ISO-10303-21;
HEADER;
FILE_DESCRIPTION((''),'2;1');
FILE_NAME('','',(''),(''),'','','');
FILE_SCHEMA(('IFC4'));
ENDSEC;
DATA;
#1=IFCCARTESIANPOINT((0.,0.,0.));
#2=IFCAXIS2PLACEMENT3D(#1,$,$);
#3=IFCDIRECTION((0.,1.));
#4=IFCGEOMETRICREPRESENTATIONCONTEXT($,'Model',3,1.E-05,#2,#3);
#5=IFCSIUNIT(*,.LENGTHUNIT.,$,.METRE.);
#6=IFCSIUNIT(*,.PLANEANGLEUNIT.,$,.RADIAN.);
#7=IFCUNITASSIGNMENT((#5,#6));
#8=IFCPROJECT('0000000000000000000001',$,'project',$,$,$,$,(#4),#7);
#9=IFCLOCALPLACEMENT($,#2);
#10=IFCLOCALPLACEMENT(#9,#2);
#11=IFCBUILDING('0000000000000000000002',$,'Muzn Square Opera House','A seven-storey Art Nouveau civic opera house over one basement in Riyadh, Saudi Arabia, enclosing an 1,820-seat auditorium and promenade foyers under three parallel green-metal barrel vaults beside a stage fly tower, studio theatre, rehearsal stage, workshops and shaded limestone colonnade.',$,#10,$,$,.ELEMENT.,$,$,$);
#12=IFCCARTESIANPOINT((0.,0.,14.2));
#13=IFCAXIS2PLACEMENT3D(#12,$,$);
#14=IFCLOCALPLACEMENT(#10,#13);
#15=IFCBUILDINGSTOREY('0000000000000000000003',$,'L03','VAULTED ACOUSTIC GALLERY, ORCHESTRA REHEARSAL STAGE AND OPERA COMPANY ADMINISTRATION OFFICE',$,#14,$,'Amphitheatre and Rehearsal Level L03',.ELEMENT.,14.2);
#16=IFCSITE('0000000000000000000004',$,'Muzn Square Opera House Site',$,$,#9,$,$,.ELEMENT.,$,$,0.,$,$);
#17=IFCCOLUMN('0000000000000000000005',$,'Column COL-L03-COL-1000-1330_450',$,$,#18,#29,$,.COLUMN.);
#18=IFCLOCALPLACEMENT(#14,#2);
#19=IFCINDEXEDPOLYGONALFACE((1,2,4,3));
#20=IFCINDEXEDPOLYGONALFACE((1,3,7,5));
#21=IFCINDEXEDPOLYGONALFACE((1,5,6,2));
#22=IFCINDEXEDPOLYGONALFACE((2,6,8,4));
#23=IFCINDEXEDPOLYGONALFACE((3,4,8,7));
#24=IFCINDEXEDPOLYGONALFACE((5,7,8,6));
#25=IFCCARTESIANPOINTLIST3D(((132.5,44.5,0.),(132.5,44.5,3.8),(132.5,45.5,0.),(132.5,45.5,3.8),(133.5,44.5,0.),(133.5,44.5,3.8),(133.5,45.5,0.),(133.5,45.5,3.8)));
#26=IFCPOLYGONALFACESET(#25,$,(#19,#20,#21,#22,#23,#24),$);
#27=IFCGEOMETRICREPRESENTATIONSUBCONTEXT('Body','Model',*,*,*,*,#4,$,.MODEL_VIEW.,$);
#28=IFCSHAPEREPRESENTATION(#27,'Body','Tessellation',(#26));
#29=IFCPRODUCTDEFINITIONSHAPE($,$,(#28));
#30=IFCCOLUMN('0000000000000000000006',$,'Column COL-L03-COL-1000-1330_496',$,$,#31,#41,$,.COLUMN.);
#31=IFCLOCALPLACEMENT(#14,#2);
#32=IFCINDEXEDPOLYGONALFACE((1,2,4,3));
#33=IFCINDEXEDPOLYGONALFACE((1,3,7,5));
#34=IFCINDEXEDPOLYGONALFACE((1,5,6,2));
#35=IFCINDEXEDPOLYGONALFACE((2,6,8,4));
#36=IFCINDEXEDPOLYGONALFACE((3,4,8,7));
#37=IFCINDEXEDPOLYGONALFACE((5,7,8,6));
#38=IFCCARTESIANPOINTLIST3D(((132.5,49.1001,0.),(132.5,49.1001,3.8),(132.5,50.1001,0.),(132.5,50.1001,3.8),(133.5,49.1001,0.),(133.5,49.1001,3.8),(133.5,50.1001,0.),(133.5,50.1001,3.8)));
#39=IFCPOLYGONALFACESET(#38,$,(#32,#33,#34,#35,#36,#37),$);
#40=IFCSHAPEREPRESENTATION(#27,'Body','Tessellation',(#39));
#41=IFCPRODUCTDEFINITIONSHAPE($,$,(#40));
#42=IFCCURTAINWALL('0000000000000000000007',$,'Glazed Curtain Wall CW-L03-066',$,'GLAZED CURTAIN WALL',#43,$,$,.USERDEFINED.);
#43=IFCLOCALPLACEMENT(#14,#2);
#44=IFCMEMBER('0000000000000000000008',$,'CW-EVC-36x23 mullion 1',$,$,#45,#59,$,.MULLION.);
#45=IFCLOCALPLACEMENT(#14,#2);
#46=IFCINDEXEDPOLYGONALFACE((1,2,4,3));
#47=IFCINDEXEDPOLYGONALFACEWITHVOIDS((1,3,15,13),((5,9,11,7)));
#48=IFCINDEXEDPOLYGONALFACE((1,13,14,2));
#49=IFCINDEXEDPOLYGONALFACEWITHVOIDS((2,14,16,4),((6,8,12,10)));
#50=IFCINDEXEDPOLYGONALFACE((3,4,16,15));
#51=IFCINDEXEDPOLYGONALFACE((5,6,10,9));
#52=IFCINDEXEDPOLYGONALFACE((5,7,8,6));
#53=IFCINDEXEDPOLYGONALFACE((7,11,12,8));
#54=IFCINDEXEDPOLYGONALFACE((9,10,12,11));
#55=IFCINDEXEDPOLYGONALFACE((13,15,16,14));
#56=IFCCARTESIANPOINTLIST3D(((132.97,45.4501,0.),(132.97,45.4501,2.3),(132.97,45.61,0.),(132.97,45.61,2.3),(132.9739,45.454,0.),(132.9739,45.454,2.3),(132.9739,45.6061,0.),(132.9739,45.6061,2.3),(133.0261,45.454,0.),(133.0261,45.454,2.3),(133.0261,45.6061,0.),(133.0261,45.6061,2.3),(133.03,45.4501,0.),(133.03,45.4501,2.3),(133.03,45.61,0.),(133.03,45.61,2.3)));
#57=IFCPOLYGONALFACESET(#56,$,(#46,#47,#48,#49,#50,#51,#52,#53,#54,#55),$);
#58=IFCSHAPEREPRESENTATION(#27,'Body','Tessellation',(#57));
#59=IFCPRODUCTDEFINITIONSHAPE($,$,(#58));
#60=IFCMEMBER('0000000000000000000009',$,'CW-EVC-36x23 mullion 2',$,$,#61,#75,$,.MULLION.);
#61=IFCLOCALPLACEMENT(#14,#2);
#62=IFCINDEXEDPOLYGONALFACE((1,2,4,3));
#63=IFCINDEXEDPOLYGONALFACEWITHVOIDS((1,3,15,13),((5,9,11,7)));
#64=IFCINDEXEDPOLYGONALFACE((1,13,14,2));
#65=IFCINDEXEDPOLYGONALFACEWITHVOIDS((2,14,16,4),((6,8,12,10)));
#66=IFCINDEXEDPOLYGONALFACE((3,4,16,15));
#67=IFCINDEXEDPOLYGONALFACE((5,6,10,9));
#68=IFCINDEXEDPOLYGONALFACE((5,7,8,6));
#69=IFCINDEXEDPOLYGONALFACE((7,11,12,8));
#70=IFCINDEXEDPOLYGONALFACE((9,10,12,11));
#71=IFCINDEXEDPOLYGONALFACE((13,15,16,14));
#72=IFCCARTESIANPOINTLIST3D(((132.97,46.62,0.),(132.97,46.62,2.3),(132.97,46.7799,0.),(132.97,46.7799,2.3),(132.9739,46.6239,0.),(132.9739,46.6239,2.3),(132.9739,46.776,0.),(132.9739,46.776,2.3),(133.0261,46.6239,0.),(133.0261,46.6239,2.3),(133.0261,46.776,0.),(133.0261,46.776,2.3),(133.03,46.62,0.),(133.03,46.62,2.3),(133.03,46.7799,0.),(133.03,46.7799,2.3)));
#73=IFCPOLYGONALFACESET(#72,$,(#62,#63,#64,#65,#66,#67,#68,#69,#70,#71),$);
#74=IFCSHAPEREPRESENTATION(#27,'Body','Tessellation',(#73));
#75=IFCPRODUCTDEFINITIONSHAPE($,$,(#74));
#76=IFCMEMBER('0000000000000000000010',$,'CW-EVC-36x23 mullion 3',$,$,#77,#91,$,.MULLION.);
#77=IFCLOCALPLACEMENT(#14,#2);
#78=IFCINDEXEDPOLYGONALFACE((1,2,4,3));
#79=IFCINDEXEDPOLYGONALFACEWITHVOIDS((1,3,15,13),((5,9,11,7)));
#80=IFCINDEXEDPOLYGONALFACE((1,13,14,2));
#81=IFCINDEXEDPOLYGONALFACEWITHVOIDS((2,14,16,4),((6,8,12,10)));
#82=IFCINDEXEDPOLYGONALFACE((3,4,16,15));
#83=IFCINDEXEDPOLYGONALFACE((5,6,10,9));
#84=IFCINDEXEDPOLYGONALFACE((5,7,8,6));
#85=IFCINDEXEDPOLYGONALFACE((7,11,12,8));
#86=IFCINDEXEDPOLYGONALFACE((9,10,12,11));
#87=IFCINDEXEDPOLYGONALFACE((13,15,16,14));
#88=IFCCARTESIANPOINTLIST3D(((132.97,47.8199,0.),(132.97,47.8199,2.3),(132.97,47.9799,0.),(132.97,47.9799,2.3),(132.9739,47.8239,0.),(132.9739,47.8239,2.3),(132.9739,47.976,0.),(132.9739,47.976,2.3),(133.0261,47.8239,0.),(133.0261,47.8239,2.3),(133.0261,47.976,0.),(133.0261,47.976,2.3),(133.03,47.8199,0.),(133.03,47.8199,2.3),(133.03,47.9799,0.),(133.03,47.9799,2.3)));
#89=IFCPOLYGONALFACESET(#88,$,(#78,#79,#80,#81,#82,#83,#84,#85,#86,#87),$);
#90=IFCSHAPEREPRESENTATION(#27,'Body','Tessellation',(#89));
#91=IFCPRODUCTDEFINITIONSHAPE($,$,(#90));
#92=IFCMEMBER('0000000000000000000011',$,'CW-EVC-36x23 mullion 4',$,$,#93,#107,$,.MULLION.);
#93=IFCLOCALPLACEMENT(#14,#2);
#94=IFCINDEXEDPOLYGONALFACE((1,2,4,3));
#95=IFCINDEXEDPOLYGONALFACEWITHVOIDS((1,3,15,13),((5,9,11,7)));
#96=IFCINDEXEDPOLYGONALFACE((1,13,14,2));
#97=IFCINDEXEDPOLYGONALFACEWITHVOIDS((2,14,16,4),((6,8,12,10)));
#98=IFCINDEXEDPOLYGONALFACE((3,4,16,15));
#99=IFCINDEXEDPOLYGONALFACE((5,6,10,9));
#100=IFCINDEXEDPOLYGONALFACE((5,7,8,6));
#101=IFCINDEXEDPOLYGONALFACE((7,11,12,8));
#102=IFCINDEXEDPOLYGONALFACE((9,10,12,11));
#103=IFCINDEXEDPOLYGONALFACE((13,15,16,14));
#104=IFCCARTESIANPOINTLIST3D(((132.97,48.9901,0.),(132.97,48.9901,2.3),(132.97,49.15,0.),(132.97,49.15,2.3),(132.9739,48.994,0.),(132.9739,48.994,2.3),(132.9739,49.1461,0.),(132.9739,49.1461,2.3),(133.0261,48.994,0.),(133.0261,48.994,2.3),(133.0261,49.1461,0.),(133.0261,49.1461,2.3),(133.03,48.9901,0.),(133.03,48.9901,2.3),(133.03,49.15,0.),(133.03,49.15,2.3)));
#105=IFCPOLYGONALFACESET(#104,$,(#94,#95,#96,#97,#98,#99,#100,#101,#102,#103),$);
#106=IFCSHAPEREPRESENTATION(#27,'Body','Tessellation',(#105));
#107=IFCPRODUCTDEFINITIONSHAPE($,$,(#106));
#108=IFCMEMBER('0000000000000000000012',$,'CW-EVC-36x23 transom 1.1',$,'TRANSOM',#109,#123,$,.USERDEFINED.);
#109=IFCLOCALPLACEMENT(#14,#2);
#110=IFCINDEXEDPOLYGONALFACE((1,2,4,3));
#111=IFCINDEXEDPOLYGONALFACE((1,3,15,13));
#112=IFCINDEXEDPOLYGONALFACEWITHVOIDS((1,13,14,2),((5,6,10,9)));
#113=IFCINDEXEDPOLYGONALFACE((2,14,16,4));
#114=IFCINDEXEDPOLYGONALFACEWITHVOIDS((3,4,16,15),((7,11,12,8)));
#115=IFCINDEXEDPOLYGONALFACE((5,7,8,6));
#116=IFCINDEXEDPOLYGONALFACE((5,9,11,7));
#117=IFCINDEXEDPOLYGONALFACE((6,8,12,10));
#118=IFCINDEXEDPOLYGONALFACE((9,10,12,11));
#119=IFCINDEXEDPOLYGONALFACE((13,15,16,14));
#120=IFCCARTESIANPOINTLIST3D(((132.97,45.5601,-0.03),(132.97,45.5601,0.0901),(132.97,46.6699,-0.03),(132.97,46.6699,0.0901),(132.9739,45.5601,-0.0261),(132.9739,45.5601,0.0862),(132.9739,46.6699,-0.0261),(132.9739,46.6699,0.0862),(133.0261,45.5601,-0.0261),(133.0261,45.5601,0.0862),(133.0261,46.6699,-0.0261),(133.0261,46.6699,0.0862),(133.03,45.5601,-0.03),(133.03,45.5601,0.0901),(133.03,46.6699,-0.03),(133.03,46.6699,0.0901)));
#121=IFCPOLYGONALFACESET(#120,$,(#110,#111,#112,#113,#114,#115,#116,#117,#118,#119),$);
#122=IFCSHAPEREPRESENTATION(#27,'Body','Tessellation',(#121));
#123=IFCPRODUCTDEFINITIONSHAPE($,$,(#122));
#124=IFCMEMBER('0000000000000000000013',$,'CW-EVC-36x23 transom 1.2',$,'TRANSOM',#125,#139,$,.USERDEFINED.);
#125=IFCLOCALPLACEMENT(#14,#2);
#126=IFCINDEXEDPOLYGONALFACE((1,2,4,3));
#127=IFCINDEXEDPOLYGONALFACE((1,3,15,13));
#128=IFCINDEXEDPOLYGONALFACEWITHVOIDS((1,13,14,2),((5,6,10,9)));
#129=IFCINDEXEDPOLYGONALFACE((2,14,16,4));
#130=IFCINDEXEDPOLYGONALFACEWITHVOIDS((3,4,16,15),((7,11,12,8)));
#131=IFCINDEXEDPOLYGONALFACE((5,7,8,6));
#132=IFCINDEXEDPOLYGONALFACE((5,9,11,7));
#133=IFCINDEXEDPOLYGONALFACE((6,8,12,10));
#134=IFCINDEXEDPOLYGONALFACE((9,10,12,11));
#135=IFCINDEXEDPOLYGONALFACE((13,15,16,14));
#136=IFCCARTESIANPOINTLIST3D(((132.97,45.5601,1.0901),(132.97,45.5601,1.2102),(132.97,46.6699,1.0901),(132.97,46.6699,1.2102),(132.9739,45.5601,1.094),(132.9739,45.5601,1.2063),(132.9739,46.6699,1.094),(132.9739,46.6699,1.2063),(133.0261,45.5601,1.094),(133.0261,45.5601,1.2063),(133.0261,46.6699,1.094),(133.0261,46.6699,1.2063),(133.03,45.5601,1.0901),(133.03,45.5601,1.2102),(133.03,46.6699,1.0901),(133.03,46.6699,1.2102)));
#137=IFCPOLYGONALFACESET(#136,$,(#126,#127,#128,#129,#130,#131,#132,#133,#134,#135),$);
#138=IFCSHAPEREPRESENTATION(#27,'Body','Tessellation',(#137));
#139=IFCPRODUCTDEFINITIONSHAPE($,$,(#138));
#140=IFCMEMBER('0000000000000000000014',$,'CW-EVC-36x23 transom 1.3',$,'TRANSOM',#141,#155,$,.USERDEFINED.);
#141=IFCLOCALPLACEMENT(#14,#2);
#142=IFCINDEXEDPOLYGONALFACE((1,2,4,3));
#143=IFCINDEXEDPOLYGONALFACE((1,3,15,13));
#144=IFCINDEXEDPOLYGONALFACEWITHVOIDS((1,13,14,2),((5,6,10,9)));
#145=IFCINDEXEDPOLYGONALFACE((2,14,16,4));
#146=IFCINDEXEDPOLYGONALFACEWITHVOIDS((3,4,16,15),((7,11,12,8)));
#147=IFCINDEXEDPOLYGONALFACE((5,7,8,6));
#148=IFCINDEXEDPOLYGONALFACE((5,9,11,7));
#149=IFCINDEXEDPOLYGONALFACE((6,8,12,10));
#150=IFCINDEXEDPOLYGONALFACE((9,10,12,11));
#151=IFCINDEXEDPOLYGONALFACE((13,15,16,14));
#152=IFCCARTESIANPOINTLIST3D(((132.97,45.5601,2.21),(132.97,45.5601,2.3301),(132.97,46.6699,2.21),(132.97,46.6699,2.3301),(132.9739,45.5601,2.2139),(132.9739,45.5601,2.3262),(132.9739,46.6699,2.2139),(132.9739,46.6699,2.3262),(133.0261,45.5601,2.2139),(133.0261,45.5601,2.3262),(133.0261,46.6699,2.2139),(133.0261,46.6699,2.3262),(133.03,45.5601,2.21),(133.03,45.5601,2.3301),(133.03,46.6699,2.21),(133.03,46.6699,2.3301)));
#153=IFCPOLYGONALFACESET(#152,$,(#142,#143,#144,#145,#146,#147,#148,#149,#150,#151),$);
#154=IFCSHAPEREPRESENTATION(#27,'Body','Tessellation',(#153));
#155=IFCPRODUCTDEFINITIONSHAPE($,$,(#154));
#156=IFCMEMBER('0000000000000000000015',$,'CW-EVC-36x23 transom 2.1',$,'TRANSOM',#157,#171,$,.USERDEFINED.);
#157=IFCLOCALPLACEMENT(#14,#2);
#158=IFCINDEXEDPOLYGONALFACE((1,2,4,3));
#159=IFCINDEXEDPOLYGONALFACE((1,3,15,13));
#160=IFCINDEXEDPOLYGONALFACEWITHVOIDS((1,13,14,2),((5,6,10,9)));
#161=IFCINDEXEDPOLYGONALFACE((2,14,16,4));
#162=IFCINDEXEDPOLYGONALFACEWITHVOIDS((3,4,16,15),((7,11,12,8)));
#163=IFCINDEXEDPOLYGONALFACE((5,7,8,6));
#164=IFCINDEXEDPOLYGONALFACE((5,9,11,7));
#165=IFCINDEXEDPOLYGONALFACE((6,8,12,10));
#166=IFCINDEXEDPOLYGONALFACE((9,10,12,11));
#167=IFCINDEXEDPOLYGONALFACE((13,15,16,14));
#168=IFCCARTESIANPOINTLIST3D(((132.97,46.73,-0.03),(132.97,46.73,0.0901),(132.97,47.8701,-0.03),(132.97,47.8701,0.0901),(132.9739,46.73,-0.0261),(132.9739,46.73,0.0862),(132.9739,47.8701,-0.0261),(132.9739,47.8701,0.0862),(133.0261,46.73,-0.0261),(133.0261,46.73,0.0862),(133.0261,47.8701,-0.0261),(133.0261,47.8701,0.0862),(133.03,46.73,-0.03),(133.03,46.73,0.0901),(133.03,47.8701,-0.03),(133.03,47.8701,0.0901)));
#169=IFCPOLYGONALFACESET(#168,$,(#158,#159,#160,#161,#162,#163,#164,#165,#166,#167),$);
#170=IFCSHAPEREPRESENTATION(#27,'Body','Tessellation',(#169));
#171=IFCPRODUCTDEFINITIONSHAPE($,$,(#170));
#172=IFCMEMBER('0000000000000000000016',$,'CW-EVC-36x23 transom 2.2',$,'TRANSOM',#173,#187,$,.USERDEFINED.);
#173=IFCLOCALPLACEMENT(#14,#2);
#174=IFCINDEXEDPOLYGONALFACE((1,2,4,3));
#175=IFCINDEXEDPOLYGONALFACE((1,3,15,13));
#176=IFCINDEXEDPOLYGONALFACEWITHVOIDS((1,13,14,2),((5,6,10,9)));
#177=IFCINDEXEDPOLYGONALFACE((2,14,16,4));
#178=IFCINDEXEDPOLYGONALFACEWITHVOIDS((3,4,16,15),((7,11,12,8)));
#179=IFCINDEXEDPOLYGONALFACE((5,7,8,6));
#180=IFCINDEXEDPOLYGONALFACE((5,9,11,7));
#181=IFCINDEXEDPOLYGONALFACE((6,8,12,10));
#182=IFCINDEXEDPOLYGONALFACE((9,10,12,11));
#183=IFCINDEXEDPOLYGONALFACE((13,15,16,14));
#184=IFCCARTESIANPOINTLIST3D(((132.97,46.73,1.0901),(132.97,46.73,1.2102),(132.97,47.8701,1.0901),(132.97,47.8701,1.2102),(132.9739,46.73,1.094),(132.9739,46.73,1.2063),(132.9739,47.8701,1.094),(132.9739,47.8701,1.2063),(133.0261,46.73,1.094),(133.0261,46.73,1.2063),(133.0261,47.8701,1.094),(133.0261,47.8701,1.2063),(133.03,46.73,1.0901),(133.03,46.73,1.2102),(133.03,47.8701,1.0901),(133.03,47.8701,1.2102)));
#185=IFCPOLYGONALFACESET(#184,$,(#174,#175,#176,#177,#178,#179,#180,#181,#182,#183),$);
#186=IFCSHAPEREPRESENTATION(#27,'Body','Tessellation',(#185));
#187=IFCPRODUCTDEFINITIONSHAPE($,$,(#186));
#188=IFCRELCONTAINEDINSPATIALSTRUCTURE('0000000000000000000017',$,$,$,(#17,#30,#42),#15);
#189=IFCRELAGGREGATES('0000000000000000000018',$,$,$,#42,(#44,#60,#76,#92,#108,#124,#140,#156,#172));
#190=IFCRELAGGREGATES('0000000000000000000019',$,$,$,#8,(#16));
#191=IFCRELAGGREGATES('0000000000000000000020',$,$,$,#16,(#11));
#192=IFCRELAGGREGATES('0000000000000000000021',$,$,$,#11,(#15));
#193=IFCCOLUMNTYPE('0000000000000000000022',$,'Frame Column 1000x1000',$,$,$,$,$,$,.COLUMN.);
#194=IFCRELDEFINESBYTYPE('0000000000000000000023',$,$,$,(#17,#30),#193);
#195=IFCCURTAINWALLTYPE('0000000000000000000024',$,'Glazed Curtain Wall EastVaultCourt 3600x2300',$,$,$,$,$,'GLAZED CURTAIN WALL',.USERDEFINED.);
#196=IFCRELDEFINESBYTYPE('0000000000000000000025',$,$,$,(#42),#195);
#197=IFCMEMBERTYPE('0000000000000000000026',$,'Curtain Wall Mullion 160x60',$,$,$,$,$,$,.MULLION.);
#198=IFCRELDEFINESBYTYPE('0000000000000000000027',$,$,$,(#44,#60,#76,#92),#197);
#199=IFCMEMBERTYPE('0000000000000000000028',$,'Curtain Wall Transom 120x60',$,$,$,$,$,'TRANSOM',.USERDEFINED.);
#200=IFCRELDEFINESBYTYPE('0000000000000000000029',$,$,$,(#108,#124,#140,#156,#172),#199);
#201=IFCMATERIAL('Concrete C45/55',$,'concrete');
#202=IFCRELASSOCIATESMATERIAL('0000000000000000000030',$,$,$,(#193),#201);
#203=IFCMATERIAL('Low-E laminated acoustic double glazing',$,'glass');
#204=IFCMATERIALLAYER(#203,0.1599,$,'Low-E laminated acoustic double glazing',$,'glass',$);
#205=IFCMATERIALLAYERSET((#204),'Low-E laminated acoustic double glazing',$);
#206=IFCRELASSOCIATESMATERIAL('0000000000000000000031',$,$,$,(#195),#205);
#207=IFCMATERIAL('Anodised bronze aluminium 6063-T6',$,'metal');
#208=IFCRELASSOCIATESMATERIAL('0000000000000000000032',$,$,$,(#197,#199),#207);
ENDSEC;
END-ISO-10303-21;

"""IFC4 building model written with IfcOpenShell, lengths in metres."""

from ifc_helpers import new_model, si_unit, direction, frame, origin, origin_2d, place, context, subcontext, project, spatial, rectangle, hollow_rectangle, extrude, material, layer, layer_set, material_profile, profile_set, type_object, element, aggregate, save


model = new_model("IFC4")

# Units and contexts
model_context = context("Model", 3, precision=1e-05, world=origin(), true_north=direction((0.0, 1.0)))
body_context = subcontext(model_context, "Body", "Model", "MODEL_VIEW")
ifc_project = project(units=[si_unit("LENGTHUNIT", "METRE"), si_unit("PLANEANGLEUNIT", "RADIAN")], contexts=[model_context])

# Site, building, storey
site_placement = place(None, origin())
site = spatial("IfcSite", under=ifc_project, at=site_placement, Name="Muzn Square Opera House Site", CompositionType="ELEMENT", RefElevation=0.0)
building_placement = place(site_placement, origin())
building = spatial("IfcBuilding", under=site, at=building_placement, Name="Muzn Square Opera House", Description="A seven-storey Art Nouveau civic opera house over one basement in Riyadh, Saudi Arabia, enclosing an 1,820-seat auditorium and promenade foyers under three parallel green-metal barrel vaults beside a stage fly tower, studio theatre, rehearsal stage, workshops and shaded limestone colonnade.", CompositionType="ELEMENT")
storey_placement = place(building_placement, frame((0.0, 0.0, 14.2)))
storey = spatial("IfcBuildingStorey", under=building, at=storey_placement, Name="L03", Description="VAULTED ACOUSTIC GALLERY, ORCHESTRA REHEARSAL STAGE AND OPERA COMPANY ADMINISTRATION OFFICE", LongName="Amphitheatre and Rehearsal Level L03", CompositionType="ELEMENT", Elevation=14.2)

# Columns
ifc_material_1 = material(Name="Concrete C45/55", Category="concrete")
ifc_material_profile_1 = material_profile(ifc_material_1, rectangle(XDim=1.0, YDim=1.0, at=origin_2d()), Name="RC 1000x1000", Category="concrete")
ifc_profile_set_1 = profile_set([ifc_material_profile_1], Name="Concrete C45/55")
column_type = type_object("IfcColumnType", Name="Frame Column 1000x1000", PredefinedType="COLUMN", material=ifc_profile_set_1)
for number, where, z_axis, x_axis, name in (
    (1, (133.0, 45.0, 0.0), (0.0, 0.0, 1.0), (1.0, 0.0, 0.0), "Column COL-L03-COL-1000-1330_450"),
    (2, (133.0, 49.6001, 0.0), (0.0, 0.0, 1.0), (1.0, 0.0, 0.0), "Column COL-L03-COL-1000-1330_496"),
):
    element("IfcColumn", number, at=place(storey_placement, frame(where, z_axis=z_axis, x_axis=x_axis)), inside=storey, type_object=column_type, Name=name, PredefinedType="COLUMN", context=body_context, shape_type="SweptSolid", body=[
        extrude(rectangle(XDim=1.0, YDim=1.0, at=origin_2d()), origin(), (0.0, 0.0, 1.0), 3.8),
    ])

# Curtain wall, members
ifc_material_2 = material(Name="Low-E laminated acoustic double glazing", Category="glass")
ifc_layer_1 = layer(ifc_material_2, 0.1599, Name="Low-E laminated acoustic double glazing", Category="glass")
ifc_layer_set_1 = layer_set([ifc_layer_1], Name="Low-E laminated acoustic double glazing")
curtain_wall_type = type_object("IfcCurtainWallType", Name="Glazed Curtain Wall EastVaultCourt 3600x2300", ElementType="GLAZED CURTAIN WALL", PredefinedType="USERDEFINED", material=ifc_layer_set_1)
curtain_wall_placement = place(storey_placement, origin())
curtain_wall = element("IfcCurtainWall", 3, at=curtain_wall_placement, inside=storey, type_object=curtain_wall_type, Name="Glazed Curtain Wall CW-L03-066", ObjectType="GLAZED CURTAIN WALL", PredefinedType="USERDEFINED")
ifc_material_3 = material(Name="Anodised bronze aluminium 6063-T6", Category="metal")
ifc_material_profile_2 = material_profile(ifc_material_3, hollow_rectangle(XDim=0.0601, YDim=0.1599, WallThickness=0.0039, at=origin_2d()), Name="ALU 160x60x4", Category="metal")
ifc_profile_set_2 = profile_set([ifc_material_profile_2], Name="Anodised bronze aluminium 6063-T6")
member_type_1 = type_object("IfcMemberType", Name="Curtain Wall Mullion 160x60", PredefinedType="MULLION", material=ifc_profile_set_2)
member_1_placement = place(storey_placement, frame((133.0, 45.53, 0.0), z_axis=(0.0, 0.0, 1.0), x_axis=(-1.0, 0.0, 0.0)))
member_1 = element("IfcMember", 4, at=member_1_placement, type_object=member_type_1, Name="CW-EVC-36x23 mullion 1", PredefinedType="MULLION", context=body_context, shape_type="SweptSolid", body=[
    extrude(hollow_rectangle(XDim=0.0601, YDim=0.1599, WallThickness=0.0039, at=origin_2d()), origin(), (0.0, 0.0, 1.0), 2.3),
])
member_2_placement = place(storey_placement, frame((133.0, 46.7, 0.0), z_axis=(0.0, 0.0, 1.0), x_axis=(-1.0, 0.0, 0.0)))
member_2 = element("IfcMember", 5, at=member_2_placement, type_object=member_type_1, Name="CW-EVC-36x23 mullion 2", PredefinedType="MULLION", context=body_context, shape_type="SweptSolid", body=[
    extrude(hollow_rectangle(XDim=0.0601, YDim=0.1599, WallThickness=0.0039, at=origin_2d()), origin(), (0.0, 0.0, 1.0), 2.3),
])
member_3_placement = place(storey_placement, frame((133.0, 47.8999, 0.0), z_axis=(0.0, 0.0, 1.0), x_axis=(-1.0, 0.0, 0.0)))
member_3 = element("IfcMember", 6, at=member_3_placement, type_object=member_type_1, Name="CW-EVC-36x23 mullion 3", PredefinedType="MULLION", context=body_context, shape_type="SweptSolid", body=[
    extrude(hollow_rectangle(XDim=0.0601, YDim=0.1599, WallThickness=0.0039, at=origin_2d()), origin(), (0.0, 0.0, 1.0), 2.3),
])
member_4_placement = place(storey_placement, frame((133.0, 49.0701, 0.0), z_axis=(0.0, 0.0, 1.0), x_axis=(-1.0, 0.0, 0.0)))
member_4 = element("IfcMember", 7, at=member_4_placement, type_object=member_type_1, Name="CW-EVC-36x23 mullion 4", PredefinedType="MULLION", context=body_context, shape_type="SweptSolid", body=[
    extrude(hollow_rectangle(XDim=0.0601, YDim=0.1599, WallThickness=0.0039, at=origin_2d()), origin(), (0.0, 0.0, 1.0), 2.3),
])
ifc_material_profile_3 = material_profile(ifc_material_3, hollow_rectangle(XDim=0.0601, YDim=0.1201, WallThickness=0.0039, at=origin_2d()), Name="ALU 120x60x4", Category="metal")
ifc_profile_set_3 = profile_set([ifc_material_profile_3], Name="Anodised bronze aluminium 6063-T6")
member_type_2 = type_object("IfcMemberType", Name="Curtain Wall Transom 120x60", ElementType="TRANSOM", PredefinedType="USERDEFINED", material=ifc_profile_set_3)
member_5_placement = place(storey_placement, frame((133.0, 45.5601, 0.03), z_axis=(0.0, 1.0, 0.0), x_axis=(-1.0, 0.0, 0.0)))
member_5 = element("IfcMember", 8, at=member_5_placement, type_object=member_type_2, Name="CW-EVC-36x23 transom 1.1", ObjectType="TRANSOM", PredefinedType="USERDEFINED", context=body_context, shape_type="SweptSolid", body=[
    extrude(hollow_rectangle(XDim=0.0601, YDim=0.1201, WallThickness=0.0039, at=origin_2d()), origin(), (0.0, 0.0, 1.0), 1.1099),
])
member_6_placement = place(storey_placement, frame((133.0, 45.5601, 1.1501), z_axis=(0.0, 1.0, 0.0), x_axis=(-1.0, 0.0, 0.0)))
member_6 = element("IfcMember", 9, at=member_6_placement, type_object=member_type_2, Name="CW-EVC-36x23 transom 1.2", ObjectType="TRANSOM", PredefinedType="USERDEFINED", context=body_context, shape_type="SweptSolid", body=[
    extrude(hollow_rectangle(XDim=0.0601, YDim=0.1201, WallThickness=0.0039, at=origin_2d()), origin(), (0.0, 0.0, 1.0), 1.1099),
])
member_7_placement = place(storey_placement, frame((133.0, 45.5601, 2.27), z_axis=(0.0, 1.0, 0.0), x_axis=(-1.0, 0.0, 0.0)))
member_7 = element("IfcMember", 10, at=member_7_placement, type_object=member_type_2, Name="CW-EVC-36x23 transom 1.3", ObjectType="TRANSOM", PredefinedType="USERDEFINED", context=body_context, shape_type="SweptSolid", body=[
    extrude(hollow_rectangle(XDim=0.0601, YDim=0.1201, WallThickness=0.0039, at=origin_2d()), origin(), (0.0, 0.0, 1.0), 1.1099),
])
member_8_placement = place(storey_placement, frame((133.0, 46.73, 0.03), z_axis=(0.0, 1.0, 0.0), x_axis=(-1.0, 0.0, 0.0)))
member_8 = element("IfcMember", 11, at=member_8_placement, type_object=member_type_2, Name="CW-EVC-36x23 transom 2.1", ObjectType="TRANSOM", PredefinedType="USERDEFINED", context=body_context, shape_type="SweptSolid", body=[
    extrude(hollow_rectangle(XDim=0.0601, YDim=0.1201, WallThickness=0.0039, at=origin_2d()), origin(), (0.0, 0.0, 1.0), 1.1401),
])
member_9_placement = place(storey_placement, frame((133.0, 46.73, 1.1501), z_axis=(0.0, 1.0, 0.0), x_axis=(-1.0, 0.0, 0.0)))
member_9 = element("IfcMember", 12, at=member_9_placement, type_object=member_type_2, Name="CW-EVC-36x23 transom 2.2", ObjectType="TRANSOM", PredefinedType="USERDEFINED", context=body_context, shape_type="SweptSolid", body=[
    extrude(hollow_rectangle(XDim=0.0601, YDim=0.1201, WallThickness=0.0039, at=origin_2d()), origin(), (0.0, 0.0, 1.0), 1.1401),
])

aggregate(curtain_wall, [member_1, member_2, member_3, member_4, member_5, member_6, member_7, member_8, member_9])

save(model, "model.ifc")
